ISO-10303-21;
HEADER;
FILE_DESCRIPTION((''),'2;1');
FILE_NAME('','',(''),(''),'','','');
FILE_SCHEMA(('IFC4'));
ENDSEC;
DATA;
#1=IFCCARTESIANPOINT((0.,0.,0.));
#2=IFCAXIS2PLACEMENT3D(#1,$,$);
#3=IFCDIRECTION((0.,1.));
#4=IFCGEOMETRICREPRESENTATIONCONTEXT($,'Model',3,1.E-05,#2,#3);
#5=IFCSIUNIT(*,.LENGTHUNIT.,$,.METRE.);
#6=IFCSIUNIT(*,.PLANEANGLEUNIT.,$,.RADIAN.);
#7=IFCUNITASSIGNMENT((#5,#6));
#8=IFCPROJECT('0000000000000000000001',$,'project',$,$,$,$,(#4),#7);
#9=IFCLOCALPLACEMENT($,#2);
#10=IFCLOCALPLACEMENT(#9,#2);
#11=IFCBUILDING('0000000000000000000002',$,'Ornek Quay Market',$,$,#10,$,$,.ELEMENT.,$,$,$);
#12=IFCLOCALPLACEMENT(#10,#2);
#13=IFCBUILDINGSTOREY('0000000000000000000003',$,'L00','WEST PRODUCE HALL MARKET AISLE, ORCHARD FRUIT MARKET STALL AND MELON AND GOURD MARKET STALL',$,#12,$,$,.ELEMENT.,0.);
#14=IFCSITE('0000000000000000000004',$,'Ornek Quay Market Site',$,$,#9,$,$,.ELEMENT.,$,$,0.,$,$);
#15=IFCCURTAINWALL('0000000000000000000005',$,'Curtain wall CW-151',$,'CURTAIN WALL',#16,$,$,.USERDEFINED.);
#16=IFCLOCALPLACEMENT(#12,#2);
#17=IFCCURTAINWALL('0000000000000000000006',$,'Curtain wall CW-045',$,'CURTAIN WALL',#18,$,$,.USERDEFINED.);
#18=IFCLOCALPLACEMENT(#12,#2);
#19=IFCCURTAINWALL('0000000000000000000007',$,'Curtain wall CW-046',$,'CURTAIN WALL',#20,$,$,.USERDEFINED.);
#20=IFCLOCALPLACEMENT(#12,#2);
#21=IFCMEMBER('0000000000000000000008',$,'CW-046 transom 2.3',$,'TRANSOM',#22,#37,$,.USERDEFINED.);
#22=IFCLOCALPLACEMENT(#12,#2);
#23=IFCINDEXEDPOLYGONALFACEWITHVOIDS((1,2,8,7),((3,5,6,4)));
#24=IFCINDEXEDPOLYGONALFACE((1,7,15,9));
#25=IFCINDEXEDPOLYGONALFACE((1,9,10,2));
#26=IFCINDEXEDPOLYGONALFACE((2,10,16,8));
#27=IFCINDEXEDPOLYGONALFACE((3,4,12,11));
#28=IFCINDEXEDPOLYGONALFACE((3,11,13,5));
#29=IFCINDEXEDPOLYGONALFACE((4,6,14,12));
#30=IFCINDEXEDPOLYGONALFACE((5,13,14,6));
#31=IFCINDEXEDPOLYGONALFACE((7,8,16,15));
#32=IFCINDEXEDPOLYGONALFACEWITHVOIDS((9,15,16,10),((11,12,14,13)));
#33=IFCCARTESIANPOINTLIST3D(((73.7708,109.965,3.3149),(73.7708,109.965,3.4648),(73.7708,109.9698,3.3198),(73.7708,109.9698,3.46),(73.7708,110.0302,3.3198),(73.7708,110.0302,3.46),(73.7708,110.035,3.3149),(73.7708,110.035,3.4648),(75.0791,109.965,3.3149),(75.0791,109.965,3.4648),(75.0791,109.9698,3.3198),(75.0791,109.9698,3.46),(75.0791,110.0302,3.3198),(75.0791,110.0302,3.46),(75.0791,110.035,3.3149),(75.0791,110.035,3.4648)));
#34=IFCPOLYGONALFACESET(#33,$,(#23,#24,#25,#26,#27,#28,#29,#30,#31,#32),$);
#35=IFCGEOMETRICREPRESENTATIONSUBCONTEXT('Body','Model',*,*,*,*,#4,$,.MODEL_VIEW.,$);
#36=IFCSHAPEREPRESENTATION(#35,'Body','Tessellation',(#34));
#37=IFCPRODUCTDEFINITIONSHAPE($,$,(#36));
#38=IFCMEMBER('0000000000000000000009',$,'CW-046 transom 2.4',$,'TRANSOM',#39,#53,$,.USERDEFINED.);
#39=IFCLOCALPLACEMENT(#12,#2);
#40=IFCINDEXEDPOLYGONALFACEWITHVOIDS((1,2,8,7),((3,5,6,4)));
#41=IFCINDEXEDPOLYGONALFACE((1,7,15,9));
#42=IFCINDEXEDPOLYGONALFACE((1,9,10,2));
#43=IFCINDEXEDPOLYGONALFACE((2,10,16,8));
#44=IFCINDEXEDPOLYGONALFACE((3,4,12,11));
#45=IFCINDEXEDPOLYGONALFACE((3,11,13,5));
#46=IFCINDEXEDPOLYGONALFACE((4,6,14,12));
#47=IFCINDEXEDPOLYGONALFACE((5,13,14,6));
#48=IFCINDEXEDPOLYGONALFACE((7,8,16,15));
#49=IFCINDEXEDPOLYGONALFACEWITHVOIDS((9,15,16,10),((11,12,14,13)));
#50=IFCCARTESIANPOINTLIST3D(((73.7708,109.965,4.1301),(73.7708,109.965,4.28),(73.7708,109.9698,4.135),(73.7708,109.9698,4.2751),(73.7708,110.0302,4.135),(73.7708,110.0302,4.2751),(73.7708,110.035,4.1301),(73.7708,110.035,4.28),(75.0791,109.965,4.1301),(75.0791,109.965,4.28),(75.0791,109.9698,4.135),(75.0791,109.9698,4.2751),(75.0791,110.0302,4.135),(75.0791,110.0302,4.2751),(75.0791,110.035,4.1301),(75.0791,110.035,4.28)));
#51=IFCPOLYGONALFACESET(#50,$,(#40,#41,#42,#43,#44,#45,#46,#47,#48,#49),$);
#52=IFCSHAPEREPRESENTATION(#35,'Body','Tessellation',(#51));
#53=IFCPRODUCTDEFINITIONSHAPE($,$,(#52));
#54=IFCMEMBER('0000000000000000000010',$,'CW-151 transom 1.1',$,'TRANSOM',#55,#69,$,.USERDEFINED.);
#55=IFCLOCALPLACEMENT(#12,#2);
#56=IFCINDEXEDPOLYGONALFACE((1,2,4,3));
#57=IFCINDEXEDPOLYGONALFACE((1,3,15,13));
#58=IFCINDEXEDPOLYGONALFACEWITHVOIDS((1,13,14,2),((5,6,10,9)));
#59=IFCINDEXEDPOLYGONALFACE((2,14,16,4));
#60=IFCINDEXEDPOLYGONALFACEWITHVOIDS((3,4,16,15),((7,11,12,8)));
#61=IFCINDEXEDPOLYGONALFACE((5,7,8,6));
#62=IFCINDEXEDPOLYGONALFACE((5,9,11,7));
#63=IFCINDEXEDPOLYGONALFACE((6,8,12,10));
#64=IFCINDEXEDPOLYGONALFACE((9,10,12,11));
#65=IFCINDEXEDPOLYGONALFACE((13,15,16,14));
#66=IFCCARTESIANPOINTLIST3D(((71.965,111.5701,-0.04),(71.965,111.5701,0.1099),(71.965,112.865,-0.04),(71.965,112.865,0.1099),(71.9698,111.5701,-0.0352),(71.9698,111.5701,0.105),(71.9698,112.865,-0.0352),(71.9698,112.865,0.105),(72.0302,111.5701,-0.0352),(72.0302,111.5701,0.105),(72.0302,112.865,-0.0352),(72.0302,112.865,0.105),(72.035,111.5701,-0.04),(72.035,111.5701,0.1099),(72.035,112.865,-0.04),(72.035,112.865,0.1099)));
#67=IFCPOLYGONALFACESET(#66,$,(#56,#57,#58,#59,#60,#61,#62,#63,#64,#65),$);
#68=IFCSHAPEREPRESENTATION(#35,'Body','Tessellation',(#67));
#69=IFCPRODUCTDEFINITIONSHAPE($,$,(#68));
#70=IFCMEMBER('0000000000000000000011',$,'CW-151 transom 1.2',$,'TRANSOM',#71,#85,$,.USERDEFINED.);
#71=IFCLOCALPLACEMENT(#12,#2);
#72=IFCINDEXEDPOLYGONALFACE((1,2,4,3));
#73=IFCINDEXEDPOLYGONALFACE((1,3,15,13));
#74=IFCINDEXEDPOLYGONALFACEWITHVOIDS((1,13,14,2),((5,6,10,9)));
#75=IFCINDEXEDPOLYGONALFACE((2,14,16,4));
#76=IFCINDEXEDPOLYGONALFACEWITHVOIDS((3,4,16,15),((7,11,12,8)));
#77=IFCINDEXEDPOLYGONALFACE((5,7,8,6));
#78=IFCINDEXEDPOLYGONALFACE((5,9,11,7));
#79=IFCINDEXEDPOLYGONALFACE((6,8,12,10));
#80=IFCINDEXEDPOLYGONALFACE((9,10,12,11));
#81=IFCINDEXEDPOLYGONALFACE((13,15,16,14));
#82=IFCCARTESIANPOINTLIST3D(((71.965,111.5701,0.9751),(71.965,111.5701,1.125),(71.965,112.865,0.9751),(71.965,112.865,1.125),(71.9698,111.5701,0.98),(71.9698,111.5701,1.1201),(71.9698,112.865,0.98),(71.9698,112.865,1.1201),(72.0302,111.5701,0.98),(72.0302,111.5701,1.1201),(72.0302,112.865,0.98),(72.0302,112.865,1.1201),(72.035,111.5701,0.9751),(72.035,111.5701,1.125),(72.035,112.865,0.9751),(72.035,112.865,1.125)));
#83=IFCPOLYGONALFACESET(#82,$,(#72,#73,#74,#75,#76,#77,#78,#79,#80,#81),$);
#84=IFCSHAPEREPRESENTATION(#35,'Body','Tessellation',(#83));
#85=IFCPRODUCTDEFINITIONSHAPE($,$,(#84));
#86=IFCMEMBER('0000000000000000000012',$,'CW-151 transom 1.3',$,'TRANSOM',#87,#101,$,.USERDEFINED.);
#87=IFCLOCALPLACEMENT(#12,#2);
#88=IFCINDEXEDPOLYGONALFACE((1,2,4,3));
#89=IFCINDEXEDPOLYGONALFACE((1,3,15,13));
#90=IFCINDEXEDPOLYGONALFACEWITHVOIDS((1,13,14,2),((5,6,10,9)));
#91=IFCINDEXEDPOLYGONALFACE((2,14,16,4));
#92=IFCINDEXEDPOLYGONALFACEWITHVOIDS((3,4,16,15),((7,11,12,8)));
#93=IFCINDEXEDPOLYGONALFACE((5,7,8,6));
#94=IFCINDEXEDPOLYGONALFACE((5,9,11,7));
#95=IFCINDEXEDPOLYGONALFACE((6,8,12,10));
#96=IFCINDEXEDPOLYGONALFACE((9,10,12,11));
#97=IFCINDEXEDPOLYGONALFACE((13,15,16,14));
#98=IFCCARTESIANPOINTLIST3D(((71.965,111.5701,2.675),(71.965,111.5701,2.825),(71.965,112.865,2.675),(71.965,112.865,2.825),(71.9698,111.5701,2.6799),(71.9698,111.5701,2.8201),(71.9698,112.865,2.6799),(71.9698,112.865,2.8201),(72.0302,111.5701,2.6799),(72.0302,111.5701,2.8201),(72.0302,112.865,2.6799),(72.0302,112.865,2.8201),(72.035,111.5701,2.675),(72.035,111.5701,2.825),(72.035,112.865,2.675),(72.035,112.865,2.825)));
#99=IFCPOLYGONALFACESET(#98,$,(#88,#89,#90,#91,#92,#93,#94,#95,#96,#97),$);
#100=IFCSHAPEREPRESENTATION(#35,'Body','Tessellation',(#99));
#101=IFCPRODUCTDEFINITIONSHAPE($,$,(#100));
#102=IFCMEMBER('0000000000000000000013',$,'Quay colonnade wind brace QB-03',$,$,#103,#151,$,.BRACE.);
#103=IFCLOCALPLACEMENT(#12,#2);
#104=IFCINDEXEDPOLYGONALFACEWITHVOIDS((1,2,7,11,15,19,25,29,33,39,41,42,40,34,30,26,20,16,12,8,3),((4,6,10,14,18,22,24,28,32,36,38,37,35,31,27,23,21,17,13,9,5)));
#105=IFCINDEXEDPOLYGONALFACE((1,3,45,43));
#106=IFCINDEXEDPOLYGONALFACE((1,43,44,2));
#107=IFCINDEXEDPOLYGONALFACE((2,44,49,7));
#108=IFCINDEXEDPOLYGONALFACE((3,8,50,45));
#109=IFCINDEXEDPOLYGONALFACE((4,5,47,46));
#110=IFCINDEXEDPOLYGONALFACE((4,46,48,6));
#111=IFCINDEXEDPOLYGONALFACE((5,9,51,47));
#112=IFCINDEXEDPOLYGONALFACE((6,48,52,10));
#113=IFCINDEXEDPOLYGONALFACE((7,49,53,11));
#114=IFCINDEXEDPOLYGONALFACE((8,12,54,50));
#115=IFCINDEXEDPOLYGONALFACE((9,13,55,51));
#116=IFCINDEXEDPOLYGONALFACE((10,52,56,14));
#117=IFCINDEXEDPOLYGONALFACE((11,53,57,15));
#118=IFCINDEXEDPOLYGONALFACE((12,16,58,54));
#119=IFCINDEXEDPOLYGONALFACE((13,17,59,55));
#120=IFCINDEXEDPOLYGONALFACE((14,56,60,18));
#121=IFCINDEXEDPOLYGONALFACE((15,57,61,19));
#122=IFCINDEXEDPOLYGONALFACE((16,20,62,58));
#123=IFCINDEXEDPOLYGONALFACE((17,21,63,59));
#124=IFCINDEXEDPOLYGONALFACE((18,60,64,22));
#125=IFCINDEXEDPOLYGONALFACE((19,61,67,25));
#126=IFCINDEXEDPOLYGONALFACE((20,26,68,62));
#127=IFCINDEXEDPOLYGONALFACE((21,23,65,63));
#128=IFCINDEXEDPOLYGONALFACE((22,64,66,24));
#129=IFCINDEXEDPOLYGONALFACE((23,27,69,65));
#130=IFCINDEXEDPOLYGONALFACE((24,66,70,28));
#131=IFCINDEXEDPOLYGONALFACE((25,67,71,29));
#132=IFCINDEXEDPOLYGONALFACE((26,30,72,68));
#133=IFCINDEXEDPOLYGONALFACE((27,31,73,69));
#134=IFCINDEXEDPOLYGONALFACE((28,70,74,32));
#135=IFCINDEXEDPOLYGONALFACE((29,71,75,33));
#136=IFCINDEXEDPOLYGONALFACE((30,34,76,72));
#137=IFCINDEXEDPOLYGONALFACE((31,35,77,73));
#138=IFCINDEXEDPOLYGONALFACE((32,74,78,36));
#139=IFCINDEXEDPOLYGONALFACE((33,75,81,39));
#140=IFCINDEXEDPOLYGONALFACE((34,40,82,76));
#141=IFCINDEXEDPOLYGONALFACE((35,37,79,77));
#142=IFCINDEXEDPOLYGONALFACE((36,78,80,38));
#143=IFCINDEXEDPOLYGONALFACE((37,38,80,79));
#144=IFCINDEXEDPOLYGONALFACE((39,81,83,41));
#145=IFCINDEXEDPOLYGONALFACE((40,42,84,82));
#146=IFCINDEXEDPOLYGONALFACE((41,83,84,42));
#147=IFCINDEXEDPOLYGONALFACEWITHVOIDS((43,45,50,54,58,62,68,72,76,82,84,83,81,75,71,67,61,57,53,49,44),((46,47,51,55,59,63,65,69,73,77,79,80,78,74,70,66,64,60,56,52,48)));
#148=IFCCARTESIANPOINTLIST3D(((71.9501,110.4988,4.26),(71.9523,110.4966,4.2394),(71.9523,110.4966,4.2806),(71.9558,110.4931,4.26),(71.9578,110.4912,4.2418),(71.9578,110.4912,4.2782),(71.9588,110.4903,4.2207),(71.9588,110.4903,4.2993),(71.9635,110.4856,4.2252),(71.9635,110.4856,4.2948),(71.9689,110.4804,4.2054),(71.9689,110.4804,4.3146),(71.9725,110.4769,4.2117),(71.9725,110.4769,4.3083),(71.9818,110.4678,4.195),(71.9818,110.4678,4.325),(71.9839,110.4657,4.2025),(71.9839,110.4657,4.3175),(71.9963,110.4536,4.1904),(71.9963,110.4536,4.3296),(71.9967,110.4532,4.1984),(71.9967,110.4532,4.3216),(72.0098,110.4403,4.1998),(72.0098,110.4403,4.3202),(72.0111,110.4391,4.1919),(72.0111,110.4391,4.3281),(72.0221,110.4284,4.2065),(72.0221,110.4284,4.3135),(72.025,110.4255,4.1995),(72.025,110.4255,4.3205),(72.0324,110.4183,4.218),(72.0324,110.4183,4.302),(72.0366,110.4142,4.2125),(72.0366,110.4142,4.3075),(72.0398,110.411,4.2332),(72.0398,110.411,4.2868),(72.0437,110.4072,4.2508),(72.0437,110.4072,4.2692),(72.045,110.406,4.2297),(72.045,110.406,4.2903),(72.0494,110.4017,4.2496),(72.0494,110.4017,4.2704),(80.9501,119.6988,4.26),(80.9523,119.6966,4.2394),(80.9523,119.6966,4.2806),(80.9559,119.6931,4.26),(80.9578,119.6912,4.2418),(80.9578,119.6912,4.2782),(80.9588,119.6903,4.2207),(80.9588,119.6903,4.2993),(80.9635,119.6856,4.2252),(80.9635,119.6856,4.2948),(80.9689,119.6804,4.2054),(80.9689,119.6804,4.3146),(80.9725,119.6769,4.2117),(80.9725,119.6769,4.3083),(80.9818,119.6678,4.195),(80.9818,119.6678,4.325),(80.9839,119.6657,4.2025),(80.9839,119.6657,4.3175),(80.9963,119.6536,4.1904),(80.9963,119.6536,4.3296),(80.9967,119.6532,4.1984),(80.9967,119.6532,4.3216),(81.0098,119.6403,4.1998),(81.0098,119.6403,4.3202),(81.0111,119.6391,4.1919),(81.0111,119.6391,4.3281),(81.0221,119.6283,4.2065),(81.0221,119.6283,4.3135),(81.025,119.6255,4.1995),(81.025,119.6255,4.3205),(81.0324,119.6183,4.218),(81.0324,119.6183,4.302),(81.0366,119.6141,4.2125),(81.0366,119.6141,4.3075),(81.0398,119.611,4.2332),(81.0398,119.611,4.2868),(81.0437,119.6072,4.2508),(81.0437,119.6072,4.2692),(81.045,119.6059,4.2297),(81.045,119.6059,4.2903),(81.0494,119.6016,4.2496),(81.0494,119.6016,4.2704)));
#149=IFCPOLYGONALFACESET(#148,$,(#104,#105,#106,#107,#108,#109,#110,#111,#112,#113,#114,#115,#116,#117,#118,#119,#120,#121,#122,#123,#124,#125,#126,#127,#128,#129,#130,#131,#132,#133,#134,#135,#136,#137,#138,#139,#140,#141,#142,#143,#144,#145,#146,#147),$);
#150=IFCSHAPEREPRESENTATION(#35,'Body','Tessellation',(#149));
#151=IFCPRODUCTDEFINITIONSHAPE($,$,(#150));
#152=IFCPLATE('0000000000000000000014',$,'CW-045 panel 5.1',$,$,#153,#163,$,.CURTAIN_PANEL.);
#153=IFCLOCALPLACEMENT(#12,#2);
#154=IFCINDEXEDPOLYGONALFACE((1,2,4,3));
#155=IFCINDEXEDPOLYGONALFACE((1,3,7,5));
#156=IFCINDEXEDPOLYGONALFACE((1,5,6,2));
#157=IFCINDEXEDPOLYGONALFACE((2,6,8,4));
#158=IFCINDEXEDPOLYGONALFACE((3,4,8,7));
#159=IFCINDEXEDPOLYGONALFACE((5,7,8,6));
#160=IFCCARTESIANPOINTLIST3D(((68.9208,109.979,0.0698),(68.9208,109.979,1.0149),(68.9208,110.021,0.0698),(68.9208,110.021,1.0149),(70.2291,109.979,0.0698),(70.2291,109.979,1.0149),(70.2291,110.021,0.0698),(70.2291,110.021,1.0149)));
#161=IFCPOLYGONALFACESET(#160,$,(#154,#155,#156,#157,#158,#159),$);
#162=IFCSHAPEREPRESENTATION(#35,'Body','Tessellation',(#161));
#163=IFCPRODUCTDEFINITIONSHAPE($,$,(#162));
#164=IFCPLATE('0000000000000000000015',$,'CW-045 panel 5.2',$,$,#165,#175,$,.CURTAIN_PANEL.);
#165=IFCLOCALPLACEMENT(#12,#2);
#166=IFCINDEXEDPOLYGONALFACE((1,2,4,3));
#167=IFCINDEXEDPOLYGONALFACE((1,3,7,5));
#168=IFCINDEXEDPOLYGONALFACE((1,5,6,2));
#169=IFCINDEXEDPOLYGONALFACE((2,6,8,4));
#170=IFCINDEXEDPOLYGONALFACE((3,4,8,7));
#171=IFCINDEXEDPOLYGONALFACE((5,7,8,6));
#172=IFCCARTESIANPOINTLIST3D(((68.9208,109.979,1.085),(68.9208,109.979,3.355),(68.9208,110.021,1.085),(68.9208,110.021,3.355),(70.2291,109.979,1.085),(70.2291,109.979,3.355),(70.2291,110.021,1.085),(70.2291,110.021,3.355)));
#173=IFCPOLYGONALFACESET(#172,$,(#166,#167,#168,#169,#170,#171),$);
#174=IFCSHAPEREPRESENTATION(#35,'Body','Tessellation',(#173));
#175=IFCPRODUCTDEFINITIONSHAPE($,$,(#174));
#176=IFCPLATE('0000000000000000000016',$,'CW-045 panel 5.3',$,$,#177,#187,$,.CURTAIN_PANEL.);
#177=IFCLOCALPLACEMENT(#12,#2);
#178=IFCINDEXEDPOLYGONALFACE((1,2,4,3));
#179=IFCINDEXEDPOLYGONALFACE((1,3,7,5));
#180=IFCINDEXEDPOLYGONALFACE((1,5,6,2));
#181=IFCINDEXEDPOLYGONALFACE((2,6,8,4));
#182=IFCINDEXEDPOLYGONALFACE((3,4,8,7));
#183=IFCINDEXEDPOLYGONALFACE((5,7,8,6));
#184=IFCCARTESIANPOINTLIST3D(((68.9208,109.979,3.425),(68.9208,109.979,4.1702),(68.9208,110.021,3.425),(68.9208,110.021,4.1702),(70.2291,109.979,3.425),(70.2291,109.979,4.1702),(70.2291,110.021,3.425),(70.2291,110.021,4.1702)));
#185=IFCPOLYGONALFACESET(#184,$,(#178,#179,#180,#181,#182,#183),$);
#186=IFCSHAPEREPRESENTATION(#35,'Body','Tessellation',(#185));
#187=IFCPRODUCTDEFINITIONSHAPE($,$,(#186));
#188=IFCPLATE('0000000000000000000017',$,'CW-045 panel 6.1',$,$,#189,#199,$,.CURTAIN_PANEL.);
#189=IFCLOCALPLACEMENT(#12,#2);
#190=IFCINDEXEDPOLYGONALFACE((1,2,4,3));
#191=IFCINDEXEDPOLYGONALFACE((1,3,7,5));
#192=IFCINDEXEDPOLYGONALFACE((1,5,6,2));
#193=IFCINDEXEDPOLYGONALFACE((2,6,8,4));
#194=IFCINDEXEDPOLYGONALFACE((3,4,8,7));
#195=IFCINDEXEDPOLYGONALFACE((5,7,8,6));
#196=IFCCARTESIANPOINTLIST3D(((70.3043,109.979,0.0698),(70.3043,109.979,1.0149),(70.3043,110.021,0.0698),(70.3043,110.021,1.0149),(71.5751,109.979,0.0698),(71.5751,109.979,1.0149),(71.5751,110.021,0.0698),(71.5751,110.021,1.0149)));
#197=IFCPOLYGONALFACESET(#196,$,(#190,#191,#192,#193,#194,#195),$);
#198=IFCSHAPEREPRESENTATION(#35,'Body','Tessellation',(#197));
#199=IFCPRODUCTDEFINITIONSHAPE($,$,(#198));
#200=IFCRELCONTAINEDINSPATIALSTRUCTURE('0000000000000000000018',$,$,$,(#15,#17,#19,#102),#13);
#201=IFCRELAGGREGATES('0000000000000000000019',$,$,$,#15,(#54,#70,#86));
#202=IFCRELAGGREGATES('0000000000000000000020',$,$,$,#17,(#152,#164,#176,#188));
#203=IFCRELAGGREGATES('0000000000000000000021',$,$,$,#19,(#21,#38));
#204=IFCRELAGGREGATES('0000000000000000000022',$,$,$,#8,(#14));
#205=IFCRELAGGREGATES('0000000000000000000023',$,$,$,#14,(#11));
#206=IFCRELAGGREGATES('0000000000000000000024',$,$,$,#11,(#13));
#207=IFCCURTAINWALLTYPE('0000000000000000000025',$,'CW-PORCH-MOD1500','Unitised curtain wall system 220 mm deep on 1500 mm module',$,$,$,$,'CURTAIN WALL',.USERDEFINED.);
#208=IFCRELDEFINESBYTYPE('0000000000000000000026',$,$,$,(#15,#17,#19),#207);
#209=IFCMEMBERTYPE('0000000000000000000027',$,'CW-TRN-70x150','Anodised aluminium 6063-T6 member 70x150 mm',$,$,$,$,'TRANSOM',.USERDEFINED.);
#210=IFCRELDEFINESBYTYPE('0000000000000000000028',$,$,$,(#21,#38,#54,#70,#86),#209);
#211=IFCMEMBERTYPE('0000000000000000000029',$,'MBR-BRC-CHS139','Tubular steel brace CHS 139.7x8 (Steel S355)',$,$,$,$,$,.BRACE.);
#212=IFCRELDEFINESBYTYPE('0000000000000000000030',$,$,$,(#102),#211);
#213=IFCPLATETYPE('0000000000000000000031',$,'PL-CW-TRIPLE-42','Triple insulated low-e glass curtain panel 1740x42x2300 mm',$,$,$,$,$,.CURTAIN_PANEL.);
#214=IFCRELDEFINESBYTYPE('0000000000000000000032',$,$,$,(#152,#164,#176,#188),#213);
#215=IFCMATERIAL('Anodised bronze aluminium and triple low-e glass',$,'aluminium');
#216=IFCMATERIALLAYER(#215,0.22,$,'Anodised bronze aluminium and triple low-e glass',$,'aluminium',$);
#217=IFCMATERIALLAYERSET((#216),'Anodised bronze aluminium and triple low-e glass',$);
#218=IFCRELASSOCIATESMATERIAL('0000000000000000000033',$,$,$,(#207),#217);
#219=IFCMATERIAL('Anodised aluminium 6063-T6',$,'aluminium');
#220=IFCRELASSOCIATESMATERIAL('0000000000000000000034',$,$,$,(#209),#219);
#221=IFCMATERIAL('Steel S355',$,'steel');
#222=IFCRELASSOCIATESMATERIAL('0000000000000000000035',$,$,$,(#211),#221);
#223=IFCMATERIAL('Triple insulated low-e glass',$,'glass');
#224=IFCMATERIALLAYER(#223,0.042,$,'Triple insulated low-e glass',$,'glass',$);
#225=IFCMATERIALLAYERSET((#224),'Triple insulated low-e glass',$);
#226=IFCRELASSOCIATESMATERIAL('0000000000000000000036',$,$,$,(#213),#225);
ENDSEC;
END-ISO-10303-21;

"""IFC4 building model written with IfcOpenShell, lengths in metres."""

from ifc_helpers import new_model, si_unit, direction, frame, origin, origin_2d, place, context, subcontext, project, spatial, rectangle, hollow_rectangle, hollow_circle, extrude, material, layer, layer_set, material_profile, profile_set, type_object, element, aggregate, save


model = new_model("IFC4")

# Units and contexts
model_context = context("Model", 3, precision=1e-05, world=origin(), true_north=direction((0.0, 1.0)))
body_context = subcontext(model_context, "Body", "Model", "MODEL_VIEW")
ifc_project = project(units=[si_unit("LENGTHUNIT", "METRE"), si_unit("PLANEANGLEUNIT", "RADIAN")], contexts=[model_context])

# Site, building, storey
site_placement = place(None, origin())
site = spatial("IfcSite", under=ifc_project, at=site_placement, Name="Ornek Quay Market Site", CompositionType="ELEMENT", RefElevation=0.0)
building_placement = place(site_placement, origin())
building = spatial("IfcBuilding", under=site, at=building_placement, Name="Ornek Quay Market", CompositionType="ELEMENT")
storey_placement = place(building_placement, origin())
storey = spatial("IfcBuildingStorey", under=building, at=storey_placement, Name="L00", Description="WEST PRODUCE HALL MARKET AISLE, ORCHARD FRUIT MARKET STALL AND MELON AND GOURD MARKET STALL", CompositionType="ELEMENT", Elevation=0.0)

# Shared definitions
ifc_material_1 = material(Name="Steel S355", Category="steel")

# Curtain wall
ifc_material_2 = material(Name="Anodised bronze aluminium and triple low-e glass", Category="aluminium")
ifc_layer_1 = layer(ifc_material_2, 0.22, Name="Anodised bronze aluminium and triple low-e glass", Category="aluminium")
ifc_layer_set_1 = layer_set([ifc_layer_1], Name="Anodised bronze aluminium and triple low-e glass")
curtain_wall_type = type_object("IfcCurtainWallType", Name="CW-PORCH-MOD1500", Description="Unitised curtain wall system 220 mm deep on 1500 mm module", ElementType="CURTAIN WALL", PredefinedType="USERDEFINED", material=ifc_layer_set_1)
curtain_wall_1_placement = place(storey_placement, origin())
curtain_wall_1 = element("IfcCurtainWall", 1, at=curtain_wall_1_placement, inside=storey, type_object=curtain_wall_type, Name="Curtain wall CW-151", ObjectType="CURTAIN WALL", PredefinedType="USERDEFINED")
ifc_material_3 = material(Name="Anodised aluminium 6063-T6", Category="aluminium")

# Curtain walls
curtain_wall_2_placement = place(storey_placement, origin())
curtain_wall_2 = element("IfcCurtainWall", 2, at=curtain_wall_2_placement, inside=storey, type_object=curtain_wall_type, Name="Curtain wall CW-045", ObjectType="CURTAIN WALL", PredefinedType="USERDEFINED")
curtain_wall_3_placement = place(storey_placement, origin())
curtain_wall_3 = element("IfcCurtainWall", 3, at=curtain_wall_3_placement, inside=storey, type_object=curtain_wall_type, Name="Curtain wall CW-046", ObjectType="CURTAIN WALL", PredefinedType="USERDEFINED")

# Members
ifc_material_profile_1 = material_profile(ifc_material_3, hollow_rectangle(XDim=0.0701, YDim=0.1499, WallThickness=0.0049, at=origin_2d()), Name="CW-TRN-70x150", Category="aluminium")
ifc_profile_set_1 = profile_set([ifc_material_profile_1], Name="Anodised aluminium 6063-T6")
member_type_1 = type_object("IfcMemberType", Name="CW-TRN-70x150", Description="Anodised aluminium 6063-T6 member 70x150 mm", ElementType="TRANSOM", PredefinedType="USERDEFINED", material=ifc_profile_set_1)
member_1_placement = place(storey_placement, frame((73.7708, 110.0, 3.3899), z_axis=(1.0, 0.0, 0.0), x_axis=(0.0, 1.0, 0.0)))
member_1 = element("IfcMember", 4, at=member_1_placement, type_object=member_type_1, Name="CW-046 transom 2.3", ObjectType="TRANSOM", PredefinedType="USERDEFINED", context=body_context, shape_type="SweptSolid", body=[
    extrude(hollow_rectangle(XDim=0.0701, YDim=0.1499, WallThickness=0.0049, at=origin_2d()), origin(), (0.0, 0.0, 1.0), 1.3083),
])
member_2_placement = place(storey_placement, frame((73.7708, 110.0, 4.2051), z_axis=(1.0, 0.0, 0.0), x_axis=(0.0, 1.0, 0.0)))
member_2 = element("IfcMember", 5, at=member_2_placement, type_object=member_type_1, Name="CW-046 transom 2.4", ObjectType="TRANSOM", PredefinedType="USERDEFINED", context=body_context, shape_type="SweptSolid", body=[
    extrude(hollow_rectangle(XDim=0.0701, YDim=0.1499, WallThickness=0.0049, at=origin_2d()), origin(), (0.0, 0.0, 1.0), 1.3083),
])
member_3_placement = place(storey_placement, frame((72.0, 111.5701, 0.0349), z_axis=(0.0, 1.0, 0.0), x_axis=(-1.0, 0.0, 0.0)))
member_3 = element("IfcMember", 6, at=member_3_placement, type_object=member_type_1, Name="CW-151 transom 1.1", ObjectType="TRANSOM", PredefinedType="USERDEFINED", context=body_context, shape_type="SweptSolid", body=[
    extrude(hollow_rectangle(XDim=0.0701, YDim=0.1499, WallThickness=0.0049, at=origin_2d()), origin(), (0.0, 0.0, 1.0), 1.2949),
])
member_4_placement = place(storey_placement, frame((72.0, 111.5701, 1.05), z_axis=(0.0, 1.0, 0.0), x_axis=(-1.0, 0.0, 0.0)))
member_4 = element("IfcMember", 7, at=member_4_placement, type_object=member_type_1, Name="CW-151 transom 1.2", ObjectType="TRANSOM", PredefinedType="USERDEFINED", context=body_context, shape_type="SweptSolid", body=[
    extrude(hollow_rectangle(XDim=0.0701, YDim=0.1499, WallThickness=0.0049, at=origin_2d()), origin(), (0.0, 0.0, 1.0), 1.2949),
])
member_5_placement = place(storey_placement, frame((72.0, 111.5701, 2.75), z_axis=(0.0, 1.0, 0.0), x_axis=(-1.0, 0.0, 0.0)))
member_5 = element("IfcMember", 8, at=member_5_placement, type_object=member_type_1, Name="CW-151 transom 1.3", ObjectType="TRANSOM", PredefinedType="USERDEFINED", context=body_context, shape_type="SweptSolid", body=[
    extrude(hollow_rectangle(XDim=0.0701, YDim=0.1499, WallThickness=0.0049, at=origin_2d()), origin(), (0.0, 0.0, 1.0), 1.2949),
])
aggregate(curtain_wall_1, [member_3, member_4, member_5])
ifc_material_profile_2 = material_profile(ifc_material_1, hollow_circle(Radius=0.0698, WallThickness=0.0081, at=origin_2d()), Name="CHS 139.7x8", Category="steel")
ifc_profile_set_2 = profile_set([ifc_material_profile_2], Name="Steel S355")
member_type_2 = type_object("IfcMemberType", Name="MBR-BRC-CHS139", Description="Tubular steel brace CHS 139.7x8 (Steel S355)", PredefinedType="BRACE", material=ifc_profile_set_2)
member_6_placement = place(storey_placement, frame((72.0, 110.45, 4.26), z_axis=(0.699296, 0.714832, 0.0), x_axis=(-0.714832, 0.699296, 0.0)))
element("IfcMember", 9, at=member_6_placement, inside=storey, type_object=member_type_2, Name="Quay colonnade wind brace QB-03", PredefinedType="BRACE", context=body_context, shape_type="SweptSolid", body=[
    extrude(hollow_circle(Radius=0.0698, WallThickness=0.0081, at=origin_2d()), origin(), (0.0, 0.0, 1.0), 12.8701),
])

# Plates
ifc_material_4 = material(Name="Triple insulated low-e glass", Category="glass")
ifc_layer_2 = layer(ifc_material_4, 0.042, Name="Triple insulated low-e glass", Category="glass")
ifc_layer_set_2 = layer_set([ifc_layer_2], Name="Triple insulated low-e glass")
plate_type_1 = type_object("IfcPlateType", Name="PL-CW-TRIPLE-42", Description="Triple insulated low-e glass curtain panel 1740x42x2300 mm", PredefinedType="CURTAIN_PANEL", material=ifc_layer_set_2)
plate_1_placement = place(storey_placement, frame((69.575, 110.0, 0.0698), z_axis=(0.0, 0.0, 1.0), x_axis=(1.0, 0.0, 0.0)))
plate_1 = element("IfcPlate", 10, at=plate_1_placement, type_object=plate_type_1, Name="CW-045 panel 5.1", PredefinedType="CURTAIN_PANEL", context=body_context, shape_type="SweptSolid", body=[
    extrude(rectangle(XDim=1.3083, YDim=0.042, at=origin_2d()), origin(), (0.0, 0.0, 1.0), 0.9451),
])
plate_2_placement = place(storey_placement, frame((69.575, 110.0, 1.085), z_axis=(0.0, 0.0, 1.0), x_axis=(1.0, 0.0, 0.0)))
plate_2 = element("IfcPlate", 11, at=plate_2_placement, type_object=plate_type_1, Name="CW-045 panel 5.2", PredefinedType="CURTAIN_PANEL", context=body_context, shape_type="SweptSolid", body=[
    extrude(rectangle(XDim=1.3083, YDim=0.042, at=origin_2d()), origin(), (0.0, 0.0, 1.0), 2.27),
])
plate_3_placement = place(storey_placement, frame((69.575, 110.0, 3.425), z_axis=(0.0, 0.0, 1.0), x_axis=(1.0, 0.0, 0.0)))
plate_3 = element("IfcPlate", 12, at=plate_3_placement, type_object=plate_type_1, Name="CW-045 panel 5.3", PredefinedType="CURTAIN_PANEL", context=body_context, shape_type="SweptSolid", body=[
    extrude(rectangle(XDim=1.3083, YDim=0.042, at=origin_2d()), origin(), (0.0, 0.0, 1.0), 0.7451),
])
plate_4_placement = place(storey_placement, frame((70.9397, 110.0, 0.0698), z_axis=(0.0, 0.0, 1.0), x_axis=(1.0, 0.0, 0.0)))
plate_4 = element("IfcPlate", 13, at=plate_4_placement, type_object=plate_type_1, Name="CW-045 panel 6.1", PredefinedType="CURTAIN_PANEL", context=body_context, shape_type="SweptSolid", body=[
    extrude(rectangle(XDim=1.2708, YDim=0.042, at=origin_2d()), origin(), (0.0, 0.0, 1.0), 0.9451),
])
aggregate(curtain_wall_2, [plate_1, plate_2, plate_3, plate_4])
aggregate(curtain_wall_3, [member_1, member_2])

save(model, "model.ifc")
